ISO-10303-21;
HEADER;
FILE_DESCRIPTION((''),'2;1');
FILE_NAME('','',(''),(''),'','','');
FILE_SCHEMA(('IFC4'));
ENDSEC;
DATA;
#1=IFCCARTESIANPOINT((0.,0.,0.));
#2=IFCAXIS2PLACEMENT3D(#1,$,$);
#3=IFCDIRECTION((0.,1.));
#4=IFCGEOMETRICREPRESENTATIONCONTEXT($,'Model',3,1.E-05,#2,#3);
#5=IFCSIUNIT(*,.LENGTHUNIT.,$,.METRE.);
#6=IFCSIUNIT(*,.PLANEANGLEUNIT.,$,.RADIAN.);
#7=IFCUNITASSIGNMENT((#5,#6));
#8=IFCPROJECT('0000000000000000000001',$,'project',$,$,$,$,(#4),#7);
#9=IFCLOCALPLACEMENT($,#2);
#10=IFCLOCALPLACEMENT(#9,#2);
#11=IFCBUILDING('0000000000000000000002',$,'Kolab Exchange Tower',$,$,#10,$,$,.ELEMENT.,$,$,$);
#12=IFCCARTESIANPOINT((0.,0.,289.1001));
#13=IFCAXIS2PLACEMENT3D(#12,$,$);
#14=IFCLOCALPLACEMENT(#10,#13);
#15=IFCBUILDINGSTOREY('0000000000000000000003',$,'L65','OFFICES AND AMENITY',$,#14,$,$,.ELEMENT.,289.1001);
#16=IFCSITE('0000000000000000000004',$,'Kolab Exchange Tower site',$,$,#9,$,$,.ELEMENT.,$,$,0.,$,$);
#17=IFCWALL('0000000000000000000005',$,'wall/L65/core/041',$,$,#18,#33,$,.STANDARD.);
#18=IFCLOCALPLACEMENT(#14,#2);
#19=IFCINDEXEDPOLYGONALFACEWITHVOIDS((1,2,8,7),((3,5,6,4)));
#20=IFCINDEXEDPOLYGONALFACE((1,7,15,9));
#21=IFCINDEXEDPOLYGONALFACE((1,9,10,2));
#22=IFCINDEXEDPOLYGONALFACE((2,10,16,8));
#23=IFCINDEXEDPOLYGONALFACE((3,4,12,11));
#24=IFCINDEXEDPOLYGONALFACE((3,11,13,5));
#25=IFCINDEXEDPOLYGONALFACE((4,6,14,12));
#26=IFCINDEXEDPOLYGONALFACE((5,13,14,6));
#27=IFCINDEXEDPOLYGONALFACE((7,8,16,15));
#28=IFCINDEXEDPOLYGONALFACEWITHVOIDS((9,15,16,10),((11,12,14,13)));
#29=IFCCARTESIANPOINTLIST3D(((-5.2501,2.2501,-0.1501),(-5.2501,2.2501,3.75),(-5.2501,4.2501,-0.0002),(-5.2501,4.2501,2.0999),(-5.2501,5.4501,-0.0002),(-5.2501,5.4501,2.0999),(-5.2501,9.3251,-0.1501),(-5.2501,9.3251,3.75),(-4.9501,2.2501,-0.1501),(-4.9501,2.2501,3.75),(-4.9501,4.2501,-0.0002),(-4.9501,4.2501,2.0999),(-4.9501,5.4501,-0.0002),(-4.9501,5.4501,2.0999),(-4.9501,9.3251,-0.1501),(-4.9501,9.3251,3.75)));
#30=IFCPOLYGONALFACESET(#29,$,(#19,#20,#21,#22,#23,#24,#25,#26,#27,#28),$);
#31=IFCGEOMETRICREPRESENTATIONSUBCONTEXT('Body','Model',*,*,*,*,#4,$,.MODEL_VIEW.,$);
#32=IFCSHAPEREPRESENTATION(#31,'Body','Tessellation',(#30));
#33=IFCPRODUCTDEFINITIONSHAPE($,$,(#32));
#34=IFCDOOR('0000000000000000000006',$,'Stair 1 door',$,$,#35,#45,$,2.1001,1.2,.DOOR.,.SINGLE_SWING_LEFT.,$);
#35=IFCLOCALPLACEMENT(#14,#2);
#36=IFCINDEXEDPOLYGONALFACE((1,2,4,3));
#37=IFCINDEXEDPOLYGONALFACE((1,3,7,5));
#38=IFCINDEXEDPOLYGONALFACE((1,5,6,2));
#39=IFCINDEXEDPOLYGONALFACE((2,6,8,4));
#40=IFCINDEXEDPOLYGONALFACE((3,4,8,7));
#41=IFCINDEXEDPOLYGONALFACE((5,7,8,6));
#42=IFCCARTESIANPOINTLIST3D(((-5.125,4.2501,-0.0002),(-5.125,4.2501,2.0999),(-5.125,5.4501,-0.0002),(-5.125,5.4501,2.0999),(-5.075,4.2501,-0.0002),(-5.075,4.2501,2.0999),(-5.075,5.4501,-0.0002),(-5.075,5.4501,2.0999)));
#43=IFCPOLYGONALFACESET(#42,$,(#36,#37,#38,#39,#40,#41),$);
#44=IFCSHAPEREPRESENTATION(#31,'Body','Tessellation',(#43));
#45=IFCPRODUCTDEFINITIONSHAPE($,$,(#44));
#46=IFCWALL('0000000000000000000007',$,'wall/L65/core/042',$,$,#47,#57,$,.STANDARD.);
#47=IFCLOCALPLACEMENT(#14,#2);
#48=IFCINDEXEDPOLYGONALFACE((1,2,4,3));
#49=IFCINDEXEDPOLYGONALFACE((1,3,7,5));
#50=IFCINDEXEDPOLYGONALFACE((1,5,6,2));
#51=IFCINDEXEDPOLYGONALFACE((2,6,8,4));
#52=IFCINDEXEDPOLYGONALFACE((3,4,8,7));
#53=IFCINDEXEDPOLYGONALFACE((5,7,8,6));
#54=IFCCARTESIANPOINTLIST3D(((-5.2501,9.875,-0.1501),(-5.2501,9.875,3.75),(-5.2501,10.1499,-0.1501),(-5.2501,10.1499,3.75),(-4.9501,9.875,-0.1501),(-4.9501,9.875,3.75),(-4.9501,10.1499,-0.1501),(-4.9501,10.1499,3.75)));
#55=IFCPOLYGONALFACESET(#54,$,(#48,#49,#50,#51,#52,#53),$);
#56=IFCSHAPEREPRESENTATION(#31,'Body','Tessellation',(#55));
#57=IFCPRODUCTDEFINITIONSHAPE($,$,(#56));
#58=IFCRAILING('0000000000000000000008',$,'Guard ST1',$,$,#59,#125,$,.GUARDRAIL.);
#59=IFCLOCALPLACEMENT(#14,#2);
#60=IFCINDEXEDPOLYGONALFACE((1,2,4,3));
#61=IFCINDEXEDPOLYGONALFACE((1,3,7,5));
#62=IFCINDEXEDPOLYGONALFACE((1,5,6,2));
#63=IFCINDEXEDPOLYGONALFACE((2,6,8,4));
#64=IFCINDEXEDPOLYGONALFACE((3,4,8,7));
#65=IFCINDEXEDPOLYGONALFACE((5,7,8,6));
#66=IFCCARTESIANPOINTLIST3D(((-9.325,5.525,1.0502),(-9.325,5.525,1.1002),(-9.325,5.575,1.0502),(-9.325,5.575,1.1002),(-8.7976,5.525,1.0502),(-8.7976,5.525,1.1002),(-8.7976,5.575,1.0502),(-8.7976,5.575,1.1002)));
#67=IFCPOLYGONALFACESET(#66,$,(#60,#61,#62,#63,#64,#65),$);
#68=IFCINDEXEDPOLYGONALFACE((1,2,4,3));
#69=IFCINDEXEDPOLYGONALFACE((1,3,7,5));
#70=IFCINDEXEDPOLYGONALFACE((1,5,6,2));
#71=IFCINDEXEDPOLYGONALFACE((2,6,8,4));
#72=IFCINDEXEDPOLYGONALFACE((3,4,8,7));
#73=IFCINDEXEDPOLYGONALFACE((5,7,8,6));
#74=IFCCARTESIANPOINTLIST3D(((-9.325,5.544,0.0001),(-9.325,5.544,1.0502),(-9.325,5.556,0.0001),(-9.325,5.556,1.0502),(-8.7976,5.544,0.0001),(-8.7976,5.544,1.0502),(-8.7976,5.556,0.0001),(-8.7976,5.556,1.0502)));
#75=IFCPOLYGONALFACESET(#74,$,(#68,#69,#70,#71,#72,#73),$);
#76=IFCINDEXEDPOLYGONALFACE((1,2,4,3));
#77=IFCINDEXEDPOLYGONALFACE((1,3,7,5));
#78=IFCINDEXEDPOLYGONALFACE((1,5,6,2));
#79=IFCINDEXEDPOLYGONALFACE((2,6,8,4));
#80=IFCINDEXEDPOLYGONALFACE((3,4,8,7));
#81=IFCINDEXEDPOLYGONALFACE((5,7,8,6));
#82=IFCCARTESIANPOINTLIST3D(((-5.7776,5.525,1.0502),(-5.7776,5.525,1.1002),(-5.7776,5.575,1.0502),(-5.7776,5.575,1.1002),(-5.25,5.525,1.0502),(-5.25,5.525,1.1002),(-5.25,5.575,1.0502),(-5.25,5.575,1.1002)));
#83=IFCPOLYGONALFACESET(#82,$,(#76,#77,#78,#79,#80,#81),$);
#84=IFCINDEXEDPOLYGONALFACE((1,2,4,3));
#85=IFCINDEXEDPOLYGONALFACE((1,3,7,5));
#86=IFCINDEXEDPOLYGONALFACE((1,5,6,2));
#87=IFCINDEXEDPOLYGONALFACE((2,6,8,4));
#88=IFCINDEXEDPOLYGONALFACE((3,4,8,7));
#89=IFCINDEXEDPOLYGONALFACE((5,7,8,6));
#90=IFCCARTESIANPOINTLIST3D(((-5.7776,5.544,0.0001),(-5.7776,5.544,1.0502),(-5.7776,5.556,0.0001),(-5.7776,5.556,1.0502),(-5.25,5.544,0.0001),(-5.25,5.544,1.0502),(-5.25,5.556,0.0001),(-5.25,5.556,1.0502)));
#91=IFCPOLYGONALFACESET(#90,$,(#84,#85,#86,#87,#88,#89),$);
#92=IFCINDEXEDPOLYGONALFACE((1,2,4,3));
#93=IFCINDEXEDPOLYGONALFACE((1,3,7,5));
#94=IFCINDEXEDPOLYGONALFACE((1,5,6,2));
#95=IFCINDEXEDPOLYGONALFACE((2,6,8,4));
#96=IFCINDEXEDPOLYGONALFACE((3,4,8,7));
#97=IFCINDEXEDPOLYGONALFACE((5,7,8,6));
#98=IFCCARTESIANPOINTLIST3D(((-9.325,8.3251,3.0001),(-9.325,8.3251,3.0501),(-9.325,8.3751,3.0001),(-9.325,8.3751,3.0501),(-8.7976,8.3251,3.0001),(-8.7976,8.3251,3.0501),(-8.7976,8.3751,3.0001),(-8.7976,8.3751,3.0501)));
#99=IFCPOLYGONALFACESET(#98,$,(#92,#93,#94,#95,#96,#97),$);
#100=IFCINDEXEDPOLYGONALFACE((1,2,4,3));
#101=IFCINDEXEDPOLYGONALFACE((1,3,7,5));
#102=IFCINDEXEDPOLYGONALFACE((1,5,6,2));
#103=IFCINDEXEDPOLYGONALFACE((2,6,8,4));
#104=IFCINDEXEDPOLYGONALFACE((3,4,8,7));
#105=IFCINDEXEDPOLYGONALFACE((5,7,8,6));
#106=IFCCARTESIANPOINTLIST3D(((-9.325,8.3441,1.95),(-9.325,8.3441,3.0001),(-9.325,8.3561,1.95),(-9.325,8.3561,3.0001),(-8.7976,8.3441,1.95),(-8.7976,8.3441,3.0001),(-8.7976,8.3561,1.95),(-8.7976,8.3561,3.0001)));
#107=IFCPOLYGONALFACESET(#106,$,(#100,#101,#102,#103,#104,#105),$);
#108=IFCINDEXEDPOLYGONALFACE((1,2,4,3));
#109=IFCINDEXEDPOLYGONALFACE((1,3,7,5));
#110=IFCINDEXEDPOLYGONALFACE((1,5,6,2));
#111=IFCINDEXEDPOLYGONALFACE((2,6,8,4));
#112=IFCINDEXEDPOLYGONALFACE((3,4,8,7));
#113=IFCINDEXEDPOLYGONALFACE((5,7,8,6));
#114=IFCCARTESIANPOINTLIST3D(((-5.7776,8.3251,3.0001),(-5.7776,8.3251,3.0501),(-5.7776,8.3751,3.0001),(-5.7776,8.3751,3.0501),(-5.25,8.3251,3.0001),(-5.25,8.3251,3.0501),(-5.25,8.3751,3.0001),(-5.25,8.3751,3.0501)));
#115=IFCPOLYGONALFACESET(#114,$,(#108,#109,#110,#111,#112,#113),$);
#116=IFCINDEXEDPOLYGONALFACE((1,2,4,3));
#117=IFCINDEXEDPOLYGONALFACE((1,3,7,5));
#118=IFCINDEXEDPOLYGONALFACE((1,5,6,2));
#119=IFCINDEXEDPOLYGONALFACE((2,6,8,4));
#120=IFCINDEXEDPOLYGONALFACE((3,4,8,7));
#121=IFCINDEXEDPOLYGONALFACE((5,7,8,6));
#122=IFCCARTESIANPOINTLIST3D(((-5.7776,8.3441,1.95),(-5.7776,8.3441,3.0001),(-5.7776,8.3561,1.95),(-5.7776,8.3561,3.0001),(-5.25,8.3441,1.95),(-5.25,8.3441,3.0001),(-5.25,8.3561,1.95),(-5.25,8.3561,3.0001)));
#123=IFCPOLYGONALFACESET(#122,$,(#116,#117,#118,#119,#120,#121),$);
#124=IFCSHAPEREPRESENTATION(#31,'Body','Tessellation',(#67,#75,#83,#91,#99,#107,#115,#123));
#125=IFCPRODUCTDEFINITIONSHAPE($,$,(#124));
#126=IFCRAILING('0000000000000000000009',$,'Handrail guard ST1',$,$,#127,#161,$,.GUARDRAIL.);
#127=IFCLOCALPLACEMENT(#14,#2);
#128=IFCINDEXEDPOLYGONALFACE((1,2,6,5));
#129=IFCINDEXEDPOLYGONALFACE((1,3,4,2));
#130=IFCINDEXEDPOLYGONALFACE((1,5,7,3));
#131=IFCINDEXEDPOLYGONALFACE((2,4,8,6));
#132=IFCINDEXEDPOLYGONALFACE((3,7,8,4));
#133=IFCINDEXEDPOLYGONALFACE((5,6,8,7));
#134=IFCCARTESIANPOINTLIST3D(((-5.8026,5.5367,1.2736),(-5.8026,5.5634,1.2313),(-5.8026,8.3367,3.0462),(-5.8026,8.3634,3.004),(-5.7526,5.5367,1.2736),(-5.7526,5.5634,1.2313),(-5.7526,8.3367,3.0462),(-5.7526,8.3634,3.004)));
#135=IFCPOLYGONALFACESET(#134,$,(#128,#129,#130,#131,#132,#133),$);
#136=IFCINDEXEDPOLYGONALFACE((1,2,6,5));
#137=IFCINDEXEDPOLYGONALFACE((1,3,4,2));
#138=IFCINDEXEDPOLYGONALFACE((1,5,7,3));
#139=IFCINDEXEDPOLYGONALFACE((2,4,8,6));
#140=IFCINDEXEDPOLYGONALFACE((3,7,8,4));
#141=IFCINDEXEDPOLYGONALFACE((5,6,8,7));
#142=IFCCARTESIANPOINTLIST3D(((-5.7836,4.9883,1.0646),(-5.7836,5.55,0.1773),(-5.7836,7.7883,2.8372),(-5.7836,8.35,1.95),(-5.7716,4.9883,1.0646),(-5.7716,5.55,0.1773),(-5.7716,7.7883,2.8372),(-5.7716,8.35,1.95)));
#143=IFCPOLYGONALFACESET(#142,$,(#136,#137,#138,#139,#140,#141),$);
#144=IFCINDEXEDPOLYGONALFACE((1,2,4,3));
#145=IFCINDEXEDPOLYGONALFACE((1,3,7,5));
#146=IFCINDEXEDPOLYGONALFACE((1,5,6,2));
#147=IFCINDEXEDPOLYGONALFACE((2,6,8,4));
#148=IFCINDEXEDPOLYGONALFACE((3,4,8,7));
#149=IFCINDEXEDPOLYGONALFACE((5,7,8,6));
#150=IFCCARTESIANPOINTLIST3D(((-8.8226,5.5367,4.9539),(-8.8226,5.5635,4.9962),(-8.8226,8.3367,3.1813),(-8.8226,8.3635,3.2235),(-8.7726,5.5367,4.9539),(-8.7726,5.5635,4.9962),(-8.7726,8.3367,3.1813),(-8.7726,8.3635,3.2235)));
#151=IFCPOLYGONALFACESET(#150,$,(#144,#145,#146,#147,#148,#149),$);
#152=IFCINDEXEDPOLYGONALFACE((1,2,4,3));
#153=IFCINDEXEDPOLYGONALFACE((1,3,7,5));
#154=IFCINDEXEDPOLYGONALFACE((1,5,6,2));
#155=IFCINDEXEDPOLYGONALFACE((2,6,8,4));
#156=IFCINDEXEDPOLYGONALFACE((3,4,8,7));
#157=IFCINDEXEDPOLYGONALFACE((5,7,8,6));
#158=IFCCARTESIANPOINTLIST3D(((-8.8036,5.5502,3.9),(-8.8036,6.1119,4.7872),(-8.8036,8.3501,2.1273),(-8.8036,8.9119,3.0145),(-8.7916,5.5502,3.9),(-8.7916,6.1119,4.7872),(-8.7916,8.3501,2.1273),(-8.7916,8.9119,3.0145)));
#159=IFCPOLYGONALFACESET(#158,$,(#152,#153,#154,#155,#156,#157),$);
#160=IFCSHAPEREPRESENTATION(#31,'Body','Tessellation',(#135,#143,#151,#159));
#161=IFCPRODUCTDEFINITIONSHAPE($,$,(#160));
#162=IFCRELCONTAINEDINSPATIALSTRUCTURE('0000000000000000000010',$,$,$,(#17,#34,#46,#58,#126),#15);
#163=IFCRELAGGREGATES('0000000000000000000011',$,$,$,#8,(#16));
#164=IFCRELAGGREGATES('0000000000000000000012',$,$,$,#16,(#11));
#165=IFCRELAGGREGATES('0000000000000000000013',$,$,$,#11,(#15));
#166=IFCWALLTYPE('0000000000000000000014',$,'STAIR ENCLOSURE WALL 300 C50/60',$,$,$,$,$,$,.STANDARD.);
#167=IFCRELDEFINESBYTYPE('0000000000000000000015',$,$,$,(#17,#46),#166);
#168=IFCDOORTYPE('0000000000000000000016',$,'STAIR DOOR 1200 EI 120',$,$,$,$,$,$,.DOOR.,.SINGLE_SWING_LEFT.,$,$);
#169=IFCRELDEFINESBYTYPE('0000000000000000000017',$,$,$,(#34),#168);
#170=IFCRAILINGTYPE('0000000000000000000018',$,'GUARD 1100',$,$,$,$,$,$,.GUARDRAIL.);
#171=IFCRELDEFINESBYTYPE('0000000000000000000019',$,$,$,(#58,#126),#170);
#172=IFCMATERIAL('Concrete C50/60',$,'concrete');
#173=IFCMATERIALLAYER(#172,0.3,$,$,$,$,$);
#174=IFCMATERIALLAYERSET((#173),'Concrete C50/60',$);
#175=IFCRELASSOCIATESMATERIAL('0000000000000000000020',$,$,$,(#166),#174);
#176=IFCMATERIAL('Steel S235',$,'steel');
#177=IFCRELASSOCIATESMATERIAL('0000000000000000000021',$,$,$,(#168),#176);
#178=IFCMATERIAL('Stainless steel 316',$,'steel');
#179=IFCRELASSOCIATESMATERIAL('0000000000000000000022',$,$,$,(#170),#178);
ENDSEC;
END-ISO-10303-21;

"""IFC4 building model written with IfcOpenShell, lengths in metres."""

from ifc_helpers import new_model, si_unit, direction, frame, frame_2d, origin, origin_2d, place, context, subcontext, project, spatial, rectangle, extrude, material, layer, layer_set, type_object, element, fill, save


model = new_model("IFC4")

# Units and contexts
model_context = context("Model", 3, precision=1e-05, world=origin(), true_north=direction((0.0, 1.0)))
body_context = subcontext(model_context, "Body", "Model", "MODEL_VIEW")
ifc_project = project(units=[si_unit("LENGTHUNIT", "METRE"), si_unit("PLANEANGLEUNIT", "RADIAN")], contexts=[model_context])

# Site, building, storey
site_placement = place(None, origin())
site = spatial("IfcSite", under=ifc_project, at=site_placement, Name="Kolab Exchange Tower site", CompositionType="ELEMENT", RefElevation=0.0)
building_placement = place(site_placement, origin())
building = spatial("IfcBuilding", under=site, at=building_placement, Name="Kolab Exchange Tower", CompositionType="ELEMENT")
storey_placement = place(building_placement, frame((0.0, 0.0, 289.1001)))
storey = spatial("IfcBuildingStorey", under=building, at=storey_placement, Name="L65", Description="OFFICES AND AMENITY", CompositionType="ELEMENT", Elevation=289.1001)

# Shared definitions
ifc_material_1 = material(Name="Concrete C50/60", Category="concrete")
ifc_material_2 = material(Name="Steel S235", Category="steel")

# Shared definitions
ifc_material_3 = material(Name="Stainless steel 316", Category="steel")

# Shared definitions
ifc_layer_1 = layer(ifc_material_1, 0.3)
ifc_layer_set_1 = layer_set([ifc_layer_1], Name="Concrete C50/60")
wall_type_1 = type_object("IfcWallType", Name="STAIR ENCLOSURE WALL 300 C50/60", PredefinedType="STANDARD", material=ifc_layer_set_1)

# Shared definitions
door_type_1 = type_object("IfcDoorType", Name="STAIR DOOR 1200 EI 120", OperationType="SINGLE_SWING_LEFT", PredefinedType="DOOR", material=ifc_material_2)

# Wall, opening, door
wall_1_placement = place(storey_placement, frame((-5.1001, 2.25, -0.1501), z_axis=(0.0, 0.0, 1.0), x_axis=(0.0, 1.0, 0.0)))
wall_1 = element("IfcWall", 1, at=wall_1_placement, inside=storey, type_object=wall_type_1, Name="wall/L65/core/041", PredefinedType="STANDARD", context=body_context, shape_type="SweptSolid", body=[
    extrude(rectangle(XDim=7.075, YDim=0.3, at=frame_2d((3.5376, 0.0))), origin(), (0.0, 0.0, 1.0), 3.9001),
])
opening_1_placement = place(wall_1_placement, frame((2.0, 0.0, 0.1499)))
opening_1 = element("IfcOpeningElement", 2, at=opening_1_placement, cuts=wall_1, PredefinedType="OPENING", context=body_context, shape_type="SweptSolid", body=[
    extrude(rectangle(XDim=1.2, YDim=2.1001, at=frame_2d((0.6001, 1.05))), frame((0.0, 0.1602, 0.0), z_axis=(0.0, -1.0, 0.0), x_axis=(1.0, 0.0, 0.0)), (0.0, 0.0, 1.0), 0.3201),
])
door_1_placement = place(opening_1_placement, origin())
door_1 = element("IfcDoor", 3, at=door_1_placement, inside=storey, type_object=door_type_1, Name="Stair 1 door", OperationType="SINGLE_SWING_LEFT", OverallHeight=2.1001, OverallWidth=1.2, PredefinedType="DOOR", context=body_context, shape_type="SweptSolid", body=[
    extrude(rectangle(XDim=1.2, YDim=2.1001, at=frame_2d((0.6001, 1.05))), frame((0.0, 0.0249, 0.0), z_axis=(0.0, -1.0, 0.0), x_axis=(1.0, 0.0, 0.0)), (0.0, 0.0, 1.0), 0.05),
])
fill(opening_1, door_1)

# Wall
wall_2_placement = place(storey_placement, frame((-5.1001, 9.875, -0.1501), z_axis=(0.0, 0.0, 1.0), x_axis=(0.0, 1.0, 0.0)))
element("IfcWall", 4, at=wall_2_placement, inside=storey, type_object=wall_type_1, Name="wall/L65/core/042", PredefinedType="STANDARD", context=body_context, shape_type="SweptSolid", body=[
    extrude(rectangle(XDim=0.2749, YDim=0.3, at=frame_2d((0.1375, 0.0))), origin(), (0.0, 0.0, 1.0), 3.9001),
])

# Railings
railing_type = type_object("IfcRailingType", Name="GUARD 1100", PredefinedType="GUARDRAIL", material=ifc_material_3)
railing_1_placement = place(storey_placement, frame((-9.325, 5.55, 0.0)))
element("IfcRailing", 5, at=railing_1_placement, inside=storey, type_object=railing_type, Name="Guard ST1", PredefinedType="GUARDRAIL", context=body_context, shape_type="SweptSolid", body=[
    extrude(rectangle(XDim=0.05, YDim=0.05, at=origin_2d()), frame((0.0, 0.0, 1.0752), z_axis=(1.0, 0.0, 0.0), x_axis=(0.0, 1.0, 0.0)), (0.0, 0.0, 1.0), 0.5273),
    extrude(rectangle(XDim=0.012, YDim=1.0501, at=frame_2d((0.0, 0.5251))), frame((0.0, 0.0, 0.0), z_axis=(1.0, 0.0, 0.0), x_axis=(0.0, 1.0, 0.0)), (0.0, 0.0, 1.0), 0.5273),
    extrude(rectangle(XDim=0.05, YDim=0.05, at=origin_2d()), frame((3.5474, 0.0, 1.0752), z_axis=(1.0, 0.0, 0.0), x_axis=(0.0, 1.0, 0.0)), (0.0, 0.0, 1.0), 0.5276),
    extrude(rectangle(XDim=0.012, YDim=1.0501, at=frame_2d((0.0, 0.5251))), frame((3.5474, 0.0, 0.0), z_axis=(1.0, 0.0, 0.0), x_axis=(0.0, 1.0, 0.0)), (0.0, 0.0, 1.0), 0.5276),
    extrude(rectangle(XDim=0.05, YDim=0.05, at=origin_2d()), frame((0.0, 2.8, 3.0251), z_axis=(1.0, 0.0, 0.0), x_axis=(0.0, 1.0, 0.0)), (0.0, 0.0, 1.0), 0.5273),
    extrude(rectangle(XDim=0.012, YDim=1.0501, at=frame_2d((0.0, 0.5251))), frame((0.0, 2.8, 1.95), z_axis=(1.0, 0.0, 0.0), x_axis=(0.0, 1.0, 0.0)), (0.0, 0.0, 1.0), 0.5273),
    extrude(rectangle(XDim=0.05, YDim=0.05, at=origin_2d()), frame((3.5474, 2.8, 3.0251), z_axis=(1.0, 0.0, 0.0), x_axis=(0.0, 1.0, 0.0)), (0.0, 0.0, 1.0), 0.5276),
    extrude(rectangle(XDim=0.012, YDim=1.0501, at=frame_2d((0.0, 0.5251))), frame((3.5474, 2.8, 1.95), z_axis=(1.0, 0.0, 0.0), x_axis=(0.0, 1.0, 0.0)), (0.0, 0.0, 1.0), 0.5276),
])
railing_2_placement = place(storey_placement, frame((-5.7776, 5.55, 0.1772)))
element("IfcRailing", 6, at=railing_2_placement, inside=storey, type_object=railing_type, Name="Handrail guard ST1", PredefinedType="GUARDRAIL", context=body_context, shape_type="SweptSolid", body=[
    extrude(rectangle(XDim=0.05, YDim=0.05, at=origin_2d()), frame((0.0, 0.0, 1.0752), z_axis=(0.0, 0.844909, 0.53491), x_axis=(-1.0, 0.0, 0.0)), (0.0, 0.0, 1.0), 3.314),
    extrude(rectangle(XDim=0.012, YDim=1.0501, at=frame_2d((0.0, 0.5251))), frame((0.0, 0.0, 0.0), z_axis=(0.0, 0.844909, 0.53491), x_axis=(-1.0, 0.0, 0.0)), (0.0, 0.0, 1.0), 3.314),
    extrude(rectangle(XDim=0.05, YDim=0.05, at=origin_2d()), frame((-3.02, 2.8, 3.0251), z_axis=(0.0, -0.844909, 0.53491), x_axis=(1.0, 0.0, 0.0)), (0.0, 0.0, 1.0), 3.314),
    extrude(rectangle(XDim=0.012, YDim=1.0501, at=frame_2d((0.0, 0.5251))), frame((-3.02, 2.8, 1.95), z_axis=(0.0, -0.844909, 0.53491), x_axis=(1.0, 0.0, 0.0)), (0.0, 0.0, 1.0), 3.314),
])

save(model, "model.ifc")
